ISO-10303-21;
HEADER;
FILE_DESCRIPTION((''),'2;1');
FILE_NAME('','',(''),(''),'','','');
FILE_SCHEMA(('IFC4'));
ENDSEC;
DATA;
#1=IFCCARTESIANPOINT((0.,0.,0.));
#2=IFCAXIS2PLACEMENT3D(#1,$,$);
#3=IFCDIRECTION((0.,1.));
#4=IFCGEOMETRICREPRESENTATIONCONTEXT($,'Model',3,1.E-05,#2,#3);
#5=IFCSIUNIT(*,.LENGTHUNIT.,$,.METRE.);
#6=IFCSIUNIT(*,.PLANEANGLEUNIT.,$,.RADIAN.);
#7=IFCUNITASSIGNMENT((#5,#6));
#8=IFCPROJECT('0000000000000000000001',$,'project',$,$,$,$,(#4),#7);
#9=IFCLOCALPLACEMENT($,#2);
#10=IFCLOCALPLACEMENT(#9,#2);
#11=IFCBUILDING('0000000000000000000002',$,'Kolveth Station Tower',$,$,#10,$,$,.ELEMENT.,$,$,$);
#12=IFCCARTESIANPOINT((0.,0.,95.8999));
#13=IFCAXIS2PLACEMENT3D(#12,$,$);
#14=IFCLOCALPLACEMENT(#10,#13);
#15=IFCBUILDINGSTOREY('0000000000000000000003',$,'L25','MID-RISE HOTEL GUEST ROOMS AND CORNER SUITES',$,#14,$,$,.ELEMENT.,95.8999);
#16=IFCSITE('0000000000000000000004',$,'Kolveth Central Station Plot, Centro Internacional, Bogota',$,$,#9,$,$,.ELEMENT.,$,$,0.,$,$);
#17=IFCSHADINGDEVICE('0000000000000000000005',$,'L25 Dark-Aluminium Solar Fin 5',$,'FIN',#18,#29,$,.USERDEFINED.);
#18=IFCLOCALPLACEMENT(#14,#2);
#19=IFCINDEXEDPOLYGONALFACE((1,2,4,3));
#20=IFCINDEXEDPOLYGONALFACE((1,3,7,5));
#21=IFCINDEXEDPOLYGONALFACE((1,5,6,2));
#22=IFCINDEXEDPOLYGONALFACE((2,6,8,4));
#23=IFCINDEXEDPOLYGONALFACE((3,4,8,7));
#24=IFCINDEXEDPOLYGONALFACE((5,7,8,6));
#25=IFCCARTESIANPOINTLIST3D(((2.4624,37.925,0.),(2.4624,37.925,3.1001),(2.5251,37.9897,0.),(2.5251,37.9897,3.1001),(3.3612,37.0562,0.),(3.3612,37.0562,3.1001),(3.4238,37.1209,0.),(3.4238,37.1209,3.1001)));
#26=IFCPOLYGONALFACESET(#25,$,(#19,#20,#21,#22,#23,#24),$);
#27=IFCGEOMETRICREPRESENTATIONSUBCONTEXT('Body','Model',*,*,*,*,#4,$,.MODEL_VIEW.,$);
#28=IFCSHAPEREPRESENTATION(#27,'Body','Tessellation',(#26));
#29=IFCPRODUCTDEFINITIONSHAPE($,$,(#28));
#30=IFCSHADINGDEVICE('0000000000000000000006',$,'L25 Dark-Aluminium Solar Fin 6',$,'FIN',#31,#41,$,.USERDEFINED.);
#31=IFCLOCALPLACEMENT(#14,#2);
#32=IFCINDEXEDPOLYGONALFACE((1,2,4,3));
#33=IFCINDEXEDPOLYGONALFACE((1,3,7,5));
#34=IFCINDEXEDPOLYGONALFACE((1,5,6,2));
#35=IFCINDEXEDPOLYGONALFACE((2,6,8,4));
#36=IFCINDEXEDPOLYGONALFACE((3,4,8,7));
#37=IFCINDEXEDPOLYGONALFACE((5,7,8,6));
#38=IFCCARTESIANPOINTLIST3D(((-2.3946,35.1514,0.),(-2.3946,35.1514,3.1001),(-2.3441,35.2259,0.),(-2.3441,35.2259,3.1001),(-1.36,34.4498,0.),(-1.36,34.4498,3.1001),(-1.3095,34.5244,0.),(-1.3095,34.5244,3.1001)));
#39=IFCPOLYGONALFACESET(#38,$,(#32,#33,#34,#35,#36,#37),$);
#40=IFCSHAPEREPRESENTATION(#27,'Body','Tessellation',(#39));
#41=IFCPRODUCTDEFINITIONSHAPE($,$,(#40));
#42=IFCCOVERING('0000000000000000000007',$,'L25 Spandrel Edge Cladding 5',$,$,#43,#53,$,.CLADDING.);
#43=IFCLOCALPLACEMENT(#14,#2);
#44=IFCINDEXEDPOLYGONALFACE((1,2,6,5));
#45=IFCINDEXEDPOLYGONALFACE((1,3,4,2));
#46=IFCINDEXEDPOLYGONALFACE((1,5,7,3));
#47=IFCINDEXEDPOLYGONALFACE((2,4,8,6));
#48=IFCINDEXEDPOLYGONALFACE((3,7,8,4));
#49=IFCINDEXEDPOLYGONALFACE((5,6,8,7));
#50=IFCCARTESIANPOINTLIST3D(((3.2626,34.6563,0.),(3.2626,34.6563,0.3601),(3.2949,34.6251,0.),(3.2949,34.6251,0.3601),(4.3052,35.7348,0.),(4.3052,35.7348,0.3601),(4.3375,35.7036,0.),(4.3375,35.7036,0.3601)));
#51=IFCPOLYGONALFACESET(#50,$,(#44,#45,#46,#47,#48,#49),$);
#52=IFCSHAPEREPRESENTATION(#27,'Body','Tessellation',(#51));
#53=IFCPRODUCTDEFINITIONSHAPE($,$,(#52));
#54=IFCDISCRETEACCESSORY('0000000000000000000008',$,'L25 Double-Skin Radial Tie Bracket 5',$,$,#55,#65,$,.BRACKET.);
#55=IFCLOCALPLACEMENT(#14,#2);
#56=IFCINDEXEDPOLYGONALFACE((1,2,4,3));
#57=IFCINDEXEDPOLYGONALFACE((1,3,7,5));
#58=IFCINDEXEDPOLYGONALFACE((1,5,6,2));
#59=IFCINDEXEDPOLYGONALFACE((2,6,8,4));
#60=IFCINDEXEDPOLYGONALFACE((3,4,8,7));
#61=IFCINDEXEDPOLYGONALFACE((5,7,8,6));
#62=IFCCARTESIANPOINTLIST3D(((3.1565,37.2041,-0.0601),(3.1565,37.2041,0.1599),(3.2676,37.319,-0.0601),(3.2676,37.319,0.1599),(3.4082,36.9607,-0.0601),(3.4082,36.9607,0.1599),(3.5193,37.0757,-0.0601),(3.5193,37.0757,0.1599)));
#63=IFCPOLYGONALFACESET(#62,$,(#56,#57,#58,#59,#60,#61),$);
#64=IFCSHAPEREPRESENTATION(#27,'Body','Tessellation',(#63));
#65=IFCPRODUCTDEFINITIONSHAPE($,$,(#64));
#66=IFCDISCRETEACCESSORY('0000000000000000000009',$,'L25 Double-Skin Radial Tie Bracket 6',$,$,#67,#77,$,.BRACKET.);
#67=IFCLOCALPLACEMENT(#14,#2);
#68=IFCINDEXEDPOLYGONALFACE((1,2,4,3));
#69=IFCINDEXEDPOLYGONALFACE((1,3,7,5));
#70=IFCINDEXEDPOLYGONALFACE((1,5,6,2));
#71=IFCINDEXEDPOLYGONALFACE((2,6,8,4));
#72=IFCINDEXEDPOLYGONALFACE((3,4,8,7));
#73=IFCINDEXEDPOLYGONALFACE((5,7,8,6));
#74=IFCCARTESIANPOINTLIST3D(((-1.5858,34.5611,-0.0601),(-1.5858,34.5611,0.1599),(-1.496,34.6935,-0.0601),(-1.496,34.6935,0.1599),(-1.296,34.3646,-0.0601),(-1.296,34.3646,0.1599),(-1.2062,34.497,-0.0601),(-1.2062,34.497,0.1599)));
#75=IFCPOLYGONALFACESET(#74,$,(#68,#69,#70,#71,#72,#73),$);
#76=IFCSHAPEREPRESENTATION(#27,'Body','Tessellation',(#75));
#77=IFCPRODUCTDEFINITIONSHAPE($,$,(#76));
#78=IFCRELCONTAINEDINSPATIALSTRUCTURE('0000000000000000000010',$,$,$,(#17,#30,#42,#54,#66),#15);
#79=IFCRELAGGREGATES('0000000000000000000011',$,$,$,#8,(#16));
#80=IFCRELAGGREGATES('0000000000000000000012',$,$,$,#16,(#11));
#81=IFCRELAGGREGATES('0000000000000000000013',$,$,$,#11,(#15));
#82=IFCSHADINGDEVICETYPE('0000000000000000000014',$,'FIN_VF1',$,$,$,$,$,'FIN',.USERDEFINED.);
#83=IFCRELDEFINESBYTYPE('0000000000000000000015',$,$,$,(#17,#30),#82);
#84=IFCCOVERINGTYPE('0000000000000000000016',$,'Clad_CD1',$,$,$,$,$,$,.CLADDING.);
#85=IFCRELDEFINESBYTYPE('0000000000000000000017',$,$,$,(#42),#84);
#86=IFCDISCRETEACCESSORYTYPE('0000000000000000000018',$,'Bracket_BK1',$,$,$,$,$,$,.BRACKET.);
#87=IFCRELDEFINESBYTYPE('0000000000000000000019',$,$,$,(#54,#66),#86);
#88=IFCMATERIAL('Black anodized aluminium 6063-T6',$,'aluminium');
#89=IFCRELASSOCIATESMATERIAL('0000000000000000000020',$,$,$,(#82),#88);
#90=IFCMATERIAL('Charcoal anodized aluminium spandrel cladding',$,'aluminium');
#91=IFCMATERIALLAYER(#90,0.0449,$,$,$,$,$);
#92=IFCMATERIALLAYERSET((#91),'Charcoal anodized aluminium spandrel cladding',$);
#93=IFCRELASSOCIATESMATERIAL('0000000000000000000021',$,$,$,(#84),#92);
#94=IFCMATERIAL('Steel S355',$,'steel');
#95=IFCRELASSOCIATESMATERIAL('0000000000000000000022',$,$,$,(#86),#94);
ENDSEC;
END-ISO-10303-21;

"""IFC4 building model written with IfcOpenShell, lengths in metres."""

from ifc_helpers import new_model, si_unit, direction, frame, origin, origin_2d, place, context, subcontext, project, spatial, rectangle, extrude, source, transform, mapped, material, layer, layer_set, type_object, element, save


model = new_model("IFC4")

# Units and contexts
model_context = context("Model", 3, precision=1e-05, world=origin(), true_north=direction((0.0, 1.0)))
body_context = subcontext(model_context, "Body", "Model", "MODEL_VIEW")
ifc_project = project(units=[si_unit("LENGTHUNIT", "METRE"), si_unit("PLANEANGLEUNIT", "RADIAN")], contexts=[model_context])

# Site, building, storey
site_placement = place(None, origin())
site = spatial("IfcSite", under=ifc_project, at=site_placement, Name="Kolveth Central Station Plot, Centro Internacional, Bogota", CompositionType="ELEMENT", RefElevation=0.0)
building_placement = place(site_placement, origin())
building = spatial("IfcBuilding", under=site, at=building_placement, Name="Kolveth Station Tower", CompositionType="ELEMENT")
storey_placement = place(building_placement, frame((0.0, 0.0, 95.8999)))
storey = spatial("IfcBuildingStorey", under=building, at=storey_placement, Name="L25", Description="MID-RISE HOTEL GUEST ROOMS AND CORNER SUITES", CompositionType="ELEMENT", Elevation=95.8999)

# Shared definitions
ifc_material_1 = material(Name="Black anodized aluminium 6063-T6", Category="aluminium")

# Shading devices
shading_device_type = type_object("IfcShadingDeviceType", Name="FIN_VF1", ElementType="FIN", PredefinedType="USERDEFINED", material=ifc_material_1)
shared_shape_1 = source(origin(), body_context, "Body", "SweptSolid", [
    extrude(rectangle(XDim=1.25, YDim=0.0901, at=origin_2d()), origin(), (0.0, 0.0, 1.0), 3.1001),
])
for number, where, z_axis, x_axis, name in (
    (1, (2.9431, 37.5229, 0.0), (0.0, 0.0, 1.0), (-0.718976, 0.695035, 0.0), "L25 Dark-Aluminium Solar Fin 5"),
    (2, (-1.8521, 34.8379, 0.0), (0.0, 0.0, 1.0), (-0.827669, 0.561217, 0.0), "L25 Dark-Aluminium Solar Fin 6"),
):
    element("IfcShadingDevice", number, at=place(storey_placement, frame(where, z_axis=z_axis, x_axis=x_axis)), inside=storey, type_object=shading_device_type, Name=name, ObjectType="FIN", PredefinedType="USERDEFINED", context=body_context, shape_type="MappedRepresentation", body=[
        mapped(shared_shape_1, transform((0.0, 0.0, 0.0), x_axis=(1.0, 0.0, 0.0), y_axis=(0.0, 1.0, 0.0), z_axis=(0.0, 0.0, 1.0), scale=1.0)),
    ])

# Covering
ifc_material_2 = material(Name="Charcoal anodized aluminium spandrel cladding", Category="aluminium")
ifc_layer_1 = layer(ifc_material_2, 0.0449)
ifc_layer_set_1 = layer_set([ifc_layer_1], Name="Charcoal anodized aluminium spandrel cladding")
covering_type = type_object("IfcCoveringType", Name="Clad_CD1", PredefinedType="CLADDING", material=ifc_layer_set_1)
shared_shape_2 = source(origin(), body_context, "Body", "SweptSolid", [
    extrude(rectangle(XDim=1.5, YDim=0.0449, at=origin_2d()), origin(), (0.0, 0.0, 1.0), 0.3601),
])
covering_placement = place(storey_placement, frame((3.8, 35.1799, 0.0), z_axis=(0.0, 0.0, 1.0), x_axis=(-0.695035, -0.718976, 0.0)))
element("IfcCovering", 3, at=covering_placement, inside=storey, type_object=covering_type, Name="L25 Spandrel Edge Cladding 5", PredefinedType="CLADDING", context=body_context, shape_type="MappedRepresentation", body=[
    mapped(shared_shape_2, transform((0.0, 0.0, 0.0), x_axis=(1.0, 0.0, 0.0), y_axis=(0.0, 1.0, 0.0), z_axis=(0.0, 0.0, 1.0), scale=1.0)),
])

# Discrete accessories
ifc_material_3 = material(Name="Steel S355", Category="steel")
discrete_accessory_type = type_object("IfcDiscreteAccessoryType", Name="Bracket_BK1", PredefinedType="BRACKET", material=ifc_material_3)
shared_shape_3 = source(origin(), body_context, "Body", "SweptSolid", [
    extrude(rectangle(XDim=0.3501, YDim=0.1599, at=origin_2d()), origin(), (0.0, 0.0, 1.0), 0.22),
])
for number, where, z_axis, x_axis, name in (
    (4, (3.3379, 37.1399, -0.0601), (0.0, 0.0, 1.0), (-0.718976, 0.695035, 0.0), "L25 Double-Skin Radial Tie Bracket 5"),
    (5, (-1.396, 34.5291, -0.0601), (0.0, 0.0, 1.0), (-0.827669, 0.561217, 0.0), "L25 Double-Skin Radial Tie Bracket 6"),
):
    element("IfcDiscreteAccessory", number, at=place(storey_placement, frame(where, z_axis=z_axis, x_axis=x_axis)), inside=storey, type_object=discrete_accessory_type, Name=name, PredefinedType="BRACKET", context=body_context, shape_type="MappedRepresentation", body=[
        mapped(shared_shape_3, transform((0.0, 0.0, 0.0), x_axis=(1.0, 0.0, 0.0), y_axis=(0.0, 1.0, 0.0), z_axis=(0.0, 0.0, 1.0), scale=1.0)),
    ])

save(model, "model.ifc")
